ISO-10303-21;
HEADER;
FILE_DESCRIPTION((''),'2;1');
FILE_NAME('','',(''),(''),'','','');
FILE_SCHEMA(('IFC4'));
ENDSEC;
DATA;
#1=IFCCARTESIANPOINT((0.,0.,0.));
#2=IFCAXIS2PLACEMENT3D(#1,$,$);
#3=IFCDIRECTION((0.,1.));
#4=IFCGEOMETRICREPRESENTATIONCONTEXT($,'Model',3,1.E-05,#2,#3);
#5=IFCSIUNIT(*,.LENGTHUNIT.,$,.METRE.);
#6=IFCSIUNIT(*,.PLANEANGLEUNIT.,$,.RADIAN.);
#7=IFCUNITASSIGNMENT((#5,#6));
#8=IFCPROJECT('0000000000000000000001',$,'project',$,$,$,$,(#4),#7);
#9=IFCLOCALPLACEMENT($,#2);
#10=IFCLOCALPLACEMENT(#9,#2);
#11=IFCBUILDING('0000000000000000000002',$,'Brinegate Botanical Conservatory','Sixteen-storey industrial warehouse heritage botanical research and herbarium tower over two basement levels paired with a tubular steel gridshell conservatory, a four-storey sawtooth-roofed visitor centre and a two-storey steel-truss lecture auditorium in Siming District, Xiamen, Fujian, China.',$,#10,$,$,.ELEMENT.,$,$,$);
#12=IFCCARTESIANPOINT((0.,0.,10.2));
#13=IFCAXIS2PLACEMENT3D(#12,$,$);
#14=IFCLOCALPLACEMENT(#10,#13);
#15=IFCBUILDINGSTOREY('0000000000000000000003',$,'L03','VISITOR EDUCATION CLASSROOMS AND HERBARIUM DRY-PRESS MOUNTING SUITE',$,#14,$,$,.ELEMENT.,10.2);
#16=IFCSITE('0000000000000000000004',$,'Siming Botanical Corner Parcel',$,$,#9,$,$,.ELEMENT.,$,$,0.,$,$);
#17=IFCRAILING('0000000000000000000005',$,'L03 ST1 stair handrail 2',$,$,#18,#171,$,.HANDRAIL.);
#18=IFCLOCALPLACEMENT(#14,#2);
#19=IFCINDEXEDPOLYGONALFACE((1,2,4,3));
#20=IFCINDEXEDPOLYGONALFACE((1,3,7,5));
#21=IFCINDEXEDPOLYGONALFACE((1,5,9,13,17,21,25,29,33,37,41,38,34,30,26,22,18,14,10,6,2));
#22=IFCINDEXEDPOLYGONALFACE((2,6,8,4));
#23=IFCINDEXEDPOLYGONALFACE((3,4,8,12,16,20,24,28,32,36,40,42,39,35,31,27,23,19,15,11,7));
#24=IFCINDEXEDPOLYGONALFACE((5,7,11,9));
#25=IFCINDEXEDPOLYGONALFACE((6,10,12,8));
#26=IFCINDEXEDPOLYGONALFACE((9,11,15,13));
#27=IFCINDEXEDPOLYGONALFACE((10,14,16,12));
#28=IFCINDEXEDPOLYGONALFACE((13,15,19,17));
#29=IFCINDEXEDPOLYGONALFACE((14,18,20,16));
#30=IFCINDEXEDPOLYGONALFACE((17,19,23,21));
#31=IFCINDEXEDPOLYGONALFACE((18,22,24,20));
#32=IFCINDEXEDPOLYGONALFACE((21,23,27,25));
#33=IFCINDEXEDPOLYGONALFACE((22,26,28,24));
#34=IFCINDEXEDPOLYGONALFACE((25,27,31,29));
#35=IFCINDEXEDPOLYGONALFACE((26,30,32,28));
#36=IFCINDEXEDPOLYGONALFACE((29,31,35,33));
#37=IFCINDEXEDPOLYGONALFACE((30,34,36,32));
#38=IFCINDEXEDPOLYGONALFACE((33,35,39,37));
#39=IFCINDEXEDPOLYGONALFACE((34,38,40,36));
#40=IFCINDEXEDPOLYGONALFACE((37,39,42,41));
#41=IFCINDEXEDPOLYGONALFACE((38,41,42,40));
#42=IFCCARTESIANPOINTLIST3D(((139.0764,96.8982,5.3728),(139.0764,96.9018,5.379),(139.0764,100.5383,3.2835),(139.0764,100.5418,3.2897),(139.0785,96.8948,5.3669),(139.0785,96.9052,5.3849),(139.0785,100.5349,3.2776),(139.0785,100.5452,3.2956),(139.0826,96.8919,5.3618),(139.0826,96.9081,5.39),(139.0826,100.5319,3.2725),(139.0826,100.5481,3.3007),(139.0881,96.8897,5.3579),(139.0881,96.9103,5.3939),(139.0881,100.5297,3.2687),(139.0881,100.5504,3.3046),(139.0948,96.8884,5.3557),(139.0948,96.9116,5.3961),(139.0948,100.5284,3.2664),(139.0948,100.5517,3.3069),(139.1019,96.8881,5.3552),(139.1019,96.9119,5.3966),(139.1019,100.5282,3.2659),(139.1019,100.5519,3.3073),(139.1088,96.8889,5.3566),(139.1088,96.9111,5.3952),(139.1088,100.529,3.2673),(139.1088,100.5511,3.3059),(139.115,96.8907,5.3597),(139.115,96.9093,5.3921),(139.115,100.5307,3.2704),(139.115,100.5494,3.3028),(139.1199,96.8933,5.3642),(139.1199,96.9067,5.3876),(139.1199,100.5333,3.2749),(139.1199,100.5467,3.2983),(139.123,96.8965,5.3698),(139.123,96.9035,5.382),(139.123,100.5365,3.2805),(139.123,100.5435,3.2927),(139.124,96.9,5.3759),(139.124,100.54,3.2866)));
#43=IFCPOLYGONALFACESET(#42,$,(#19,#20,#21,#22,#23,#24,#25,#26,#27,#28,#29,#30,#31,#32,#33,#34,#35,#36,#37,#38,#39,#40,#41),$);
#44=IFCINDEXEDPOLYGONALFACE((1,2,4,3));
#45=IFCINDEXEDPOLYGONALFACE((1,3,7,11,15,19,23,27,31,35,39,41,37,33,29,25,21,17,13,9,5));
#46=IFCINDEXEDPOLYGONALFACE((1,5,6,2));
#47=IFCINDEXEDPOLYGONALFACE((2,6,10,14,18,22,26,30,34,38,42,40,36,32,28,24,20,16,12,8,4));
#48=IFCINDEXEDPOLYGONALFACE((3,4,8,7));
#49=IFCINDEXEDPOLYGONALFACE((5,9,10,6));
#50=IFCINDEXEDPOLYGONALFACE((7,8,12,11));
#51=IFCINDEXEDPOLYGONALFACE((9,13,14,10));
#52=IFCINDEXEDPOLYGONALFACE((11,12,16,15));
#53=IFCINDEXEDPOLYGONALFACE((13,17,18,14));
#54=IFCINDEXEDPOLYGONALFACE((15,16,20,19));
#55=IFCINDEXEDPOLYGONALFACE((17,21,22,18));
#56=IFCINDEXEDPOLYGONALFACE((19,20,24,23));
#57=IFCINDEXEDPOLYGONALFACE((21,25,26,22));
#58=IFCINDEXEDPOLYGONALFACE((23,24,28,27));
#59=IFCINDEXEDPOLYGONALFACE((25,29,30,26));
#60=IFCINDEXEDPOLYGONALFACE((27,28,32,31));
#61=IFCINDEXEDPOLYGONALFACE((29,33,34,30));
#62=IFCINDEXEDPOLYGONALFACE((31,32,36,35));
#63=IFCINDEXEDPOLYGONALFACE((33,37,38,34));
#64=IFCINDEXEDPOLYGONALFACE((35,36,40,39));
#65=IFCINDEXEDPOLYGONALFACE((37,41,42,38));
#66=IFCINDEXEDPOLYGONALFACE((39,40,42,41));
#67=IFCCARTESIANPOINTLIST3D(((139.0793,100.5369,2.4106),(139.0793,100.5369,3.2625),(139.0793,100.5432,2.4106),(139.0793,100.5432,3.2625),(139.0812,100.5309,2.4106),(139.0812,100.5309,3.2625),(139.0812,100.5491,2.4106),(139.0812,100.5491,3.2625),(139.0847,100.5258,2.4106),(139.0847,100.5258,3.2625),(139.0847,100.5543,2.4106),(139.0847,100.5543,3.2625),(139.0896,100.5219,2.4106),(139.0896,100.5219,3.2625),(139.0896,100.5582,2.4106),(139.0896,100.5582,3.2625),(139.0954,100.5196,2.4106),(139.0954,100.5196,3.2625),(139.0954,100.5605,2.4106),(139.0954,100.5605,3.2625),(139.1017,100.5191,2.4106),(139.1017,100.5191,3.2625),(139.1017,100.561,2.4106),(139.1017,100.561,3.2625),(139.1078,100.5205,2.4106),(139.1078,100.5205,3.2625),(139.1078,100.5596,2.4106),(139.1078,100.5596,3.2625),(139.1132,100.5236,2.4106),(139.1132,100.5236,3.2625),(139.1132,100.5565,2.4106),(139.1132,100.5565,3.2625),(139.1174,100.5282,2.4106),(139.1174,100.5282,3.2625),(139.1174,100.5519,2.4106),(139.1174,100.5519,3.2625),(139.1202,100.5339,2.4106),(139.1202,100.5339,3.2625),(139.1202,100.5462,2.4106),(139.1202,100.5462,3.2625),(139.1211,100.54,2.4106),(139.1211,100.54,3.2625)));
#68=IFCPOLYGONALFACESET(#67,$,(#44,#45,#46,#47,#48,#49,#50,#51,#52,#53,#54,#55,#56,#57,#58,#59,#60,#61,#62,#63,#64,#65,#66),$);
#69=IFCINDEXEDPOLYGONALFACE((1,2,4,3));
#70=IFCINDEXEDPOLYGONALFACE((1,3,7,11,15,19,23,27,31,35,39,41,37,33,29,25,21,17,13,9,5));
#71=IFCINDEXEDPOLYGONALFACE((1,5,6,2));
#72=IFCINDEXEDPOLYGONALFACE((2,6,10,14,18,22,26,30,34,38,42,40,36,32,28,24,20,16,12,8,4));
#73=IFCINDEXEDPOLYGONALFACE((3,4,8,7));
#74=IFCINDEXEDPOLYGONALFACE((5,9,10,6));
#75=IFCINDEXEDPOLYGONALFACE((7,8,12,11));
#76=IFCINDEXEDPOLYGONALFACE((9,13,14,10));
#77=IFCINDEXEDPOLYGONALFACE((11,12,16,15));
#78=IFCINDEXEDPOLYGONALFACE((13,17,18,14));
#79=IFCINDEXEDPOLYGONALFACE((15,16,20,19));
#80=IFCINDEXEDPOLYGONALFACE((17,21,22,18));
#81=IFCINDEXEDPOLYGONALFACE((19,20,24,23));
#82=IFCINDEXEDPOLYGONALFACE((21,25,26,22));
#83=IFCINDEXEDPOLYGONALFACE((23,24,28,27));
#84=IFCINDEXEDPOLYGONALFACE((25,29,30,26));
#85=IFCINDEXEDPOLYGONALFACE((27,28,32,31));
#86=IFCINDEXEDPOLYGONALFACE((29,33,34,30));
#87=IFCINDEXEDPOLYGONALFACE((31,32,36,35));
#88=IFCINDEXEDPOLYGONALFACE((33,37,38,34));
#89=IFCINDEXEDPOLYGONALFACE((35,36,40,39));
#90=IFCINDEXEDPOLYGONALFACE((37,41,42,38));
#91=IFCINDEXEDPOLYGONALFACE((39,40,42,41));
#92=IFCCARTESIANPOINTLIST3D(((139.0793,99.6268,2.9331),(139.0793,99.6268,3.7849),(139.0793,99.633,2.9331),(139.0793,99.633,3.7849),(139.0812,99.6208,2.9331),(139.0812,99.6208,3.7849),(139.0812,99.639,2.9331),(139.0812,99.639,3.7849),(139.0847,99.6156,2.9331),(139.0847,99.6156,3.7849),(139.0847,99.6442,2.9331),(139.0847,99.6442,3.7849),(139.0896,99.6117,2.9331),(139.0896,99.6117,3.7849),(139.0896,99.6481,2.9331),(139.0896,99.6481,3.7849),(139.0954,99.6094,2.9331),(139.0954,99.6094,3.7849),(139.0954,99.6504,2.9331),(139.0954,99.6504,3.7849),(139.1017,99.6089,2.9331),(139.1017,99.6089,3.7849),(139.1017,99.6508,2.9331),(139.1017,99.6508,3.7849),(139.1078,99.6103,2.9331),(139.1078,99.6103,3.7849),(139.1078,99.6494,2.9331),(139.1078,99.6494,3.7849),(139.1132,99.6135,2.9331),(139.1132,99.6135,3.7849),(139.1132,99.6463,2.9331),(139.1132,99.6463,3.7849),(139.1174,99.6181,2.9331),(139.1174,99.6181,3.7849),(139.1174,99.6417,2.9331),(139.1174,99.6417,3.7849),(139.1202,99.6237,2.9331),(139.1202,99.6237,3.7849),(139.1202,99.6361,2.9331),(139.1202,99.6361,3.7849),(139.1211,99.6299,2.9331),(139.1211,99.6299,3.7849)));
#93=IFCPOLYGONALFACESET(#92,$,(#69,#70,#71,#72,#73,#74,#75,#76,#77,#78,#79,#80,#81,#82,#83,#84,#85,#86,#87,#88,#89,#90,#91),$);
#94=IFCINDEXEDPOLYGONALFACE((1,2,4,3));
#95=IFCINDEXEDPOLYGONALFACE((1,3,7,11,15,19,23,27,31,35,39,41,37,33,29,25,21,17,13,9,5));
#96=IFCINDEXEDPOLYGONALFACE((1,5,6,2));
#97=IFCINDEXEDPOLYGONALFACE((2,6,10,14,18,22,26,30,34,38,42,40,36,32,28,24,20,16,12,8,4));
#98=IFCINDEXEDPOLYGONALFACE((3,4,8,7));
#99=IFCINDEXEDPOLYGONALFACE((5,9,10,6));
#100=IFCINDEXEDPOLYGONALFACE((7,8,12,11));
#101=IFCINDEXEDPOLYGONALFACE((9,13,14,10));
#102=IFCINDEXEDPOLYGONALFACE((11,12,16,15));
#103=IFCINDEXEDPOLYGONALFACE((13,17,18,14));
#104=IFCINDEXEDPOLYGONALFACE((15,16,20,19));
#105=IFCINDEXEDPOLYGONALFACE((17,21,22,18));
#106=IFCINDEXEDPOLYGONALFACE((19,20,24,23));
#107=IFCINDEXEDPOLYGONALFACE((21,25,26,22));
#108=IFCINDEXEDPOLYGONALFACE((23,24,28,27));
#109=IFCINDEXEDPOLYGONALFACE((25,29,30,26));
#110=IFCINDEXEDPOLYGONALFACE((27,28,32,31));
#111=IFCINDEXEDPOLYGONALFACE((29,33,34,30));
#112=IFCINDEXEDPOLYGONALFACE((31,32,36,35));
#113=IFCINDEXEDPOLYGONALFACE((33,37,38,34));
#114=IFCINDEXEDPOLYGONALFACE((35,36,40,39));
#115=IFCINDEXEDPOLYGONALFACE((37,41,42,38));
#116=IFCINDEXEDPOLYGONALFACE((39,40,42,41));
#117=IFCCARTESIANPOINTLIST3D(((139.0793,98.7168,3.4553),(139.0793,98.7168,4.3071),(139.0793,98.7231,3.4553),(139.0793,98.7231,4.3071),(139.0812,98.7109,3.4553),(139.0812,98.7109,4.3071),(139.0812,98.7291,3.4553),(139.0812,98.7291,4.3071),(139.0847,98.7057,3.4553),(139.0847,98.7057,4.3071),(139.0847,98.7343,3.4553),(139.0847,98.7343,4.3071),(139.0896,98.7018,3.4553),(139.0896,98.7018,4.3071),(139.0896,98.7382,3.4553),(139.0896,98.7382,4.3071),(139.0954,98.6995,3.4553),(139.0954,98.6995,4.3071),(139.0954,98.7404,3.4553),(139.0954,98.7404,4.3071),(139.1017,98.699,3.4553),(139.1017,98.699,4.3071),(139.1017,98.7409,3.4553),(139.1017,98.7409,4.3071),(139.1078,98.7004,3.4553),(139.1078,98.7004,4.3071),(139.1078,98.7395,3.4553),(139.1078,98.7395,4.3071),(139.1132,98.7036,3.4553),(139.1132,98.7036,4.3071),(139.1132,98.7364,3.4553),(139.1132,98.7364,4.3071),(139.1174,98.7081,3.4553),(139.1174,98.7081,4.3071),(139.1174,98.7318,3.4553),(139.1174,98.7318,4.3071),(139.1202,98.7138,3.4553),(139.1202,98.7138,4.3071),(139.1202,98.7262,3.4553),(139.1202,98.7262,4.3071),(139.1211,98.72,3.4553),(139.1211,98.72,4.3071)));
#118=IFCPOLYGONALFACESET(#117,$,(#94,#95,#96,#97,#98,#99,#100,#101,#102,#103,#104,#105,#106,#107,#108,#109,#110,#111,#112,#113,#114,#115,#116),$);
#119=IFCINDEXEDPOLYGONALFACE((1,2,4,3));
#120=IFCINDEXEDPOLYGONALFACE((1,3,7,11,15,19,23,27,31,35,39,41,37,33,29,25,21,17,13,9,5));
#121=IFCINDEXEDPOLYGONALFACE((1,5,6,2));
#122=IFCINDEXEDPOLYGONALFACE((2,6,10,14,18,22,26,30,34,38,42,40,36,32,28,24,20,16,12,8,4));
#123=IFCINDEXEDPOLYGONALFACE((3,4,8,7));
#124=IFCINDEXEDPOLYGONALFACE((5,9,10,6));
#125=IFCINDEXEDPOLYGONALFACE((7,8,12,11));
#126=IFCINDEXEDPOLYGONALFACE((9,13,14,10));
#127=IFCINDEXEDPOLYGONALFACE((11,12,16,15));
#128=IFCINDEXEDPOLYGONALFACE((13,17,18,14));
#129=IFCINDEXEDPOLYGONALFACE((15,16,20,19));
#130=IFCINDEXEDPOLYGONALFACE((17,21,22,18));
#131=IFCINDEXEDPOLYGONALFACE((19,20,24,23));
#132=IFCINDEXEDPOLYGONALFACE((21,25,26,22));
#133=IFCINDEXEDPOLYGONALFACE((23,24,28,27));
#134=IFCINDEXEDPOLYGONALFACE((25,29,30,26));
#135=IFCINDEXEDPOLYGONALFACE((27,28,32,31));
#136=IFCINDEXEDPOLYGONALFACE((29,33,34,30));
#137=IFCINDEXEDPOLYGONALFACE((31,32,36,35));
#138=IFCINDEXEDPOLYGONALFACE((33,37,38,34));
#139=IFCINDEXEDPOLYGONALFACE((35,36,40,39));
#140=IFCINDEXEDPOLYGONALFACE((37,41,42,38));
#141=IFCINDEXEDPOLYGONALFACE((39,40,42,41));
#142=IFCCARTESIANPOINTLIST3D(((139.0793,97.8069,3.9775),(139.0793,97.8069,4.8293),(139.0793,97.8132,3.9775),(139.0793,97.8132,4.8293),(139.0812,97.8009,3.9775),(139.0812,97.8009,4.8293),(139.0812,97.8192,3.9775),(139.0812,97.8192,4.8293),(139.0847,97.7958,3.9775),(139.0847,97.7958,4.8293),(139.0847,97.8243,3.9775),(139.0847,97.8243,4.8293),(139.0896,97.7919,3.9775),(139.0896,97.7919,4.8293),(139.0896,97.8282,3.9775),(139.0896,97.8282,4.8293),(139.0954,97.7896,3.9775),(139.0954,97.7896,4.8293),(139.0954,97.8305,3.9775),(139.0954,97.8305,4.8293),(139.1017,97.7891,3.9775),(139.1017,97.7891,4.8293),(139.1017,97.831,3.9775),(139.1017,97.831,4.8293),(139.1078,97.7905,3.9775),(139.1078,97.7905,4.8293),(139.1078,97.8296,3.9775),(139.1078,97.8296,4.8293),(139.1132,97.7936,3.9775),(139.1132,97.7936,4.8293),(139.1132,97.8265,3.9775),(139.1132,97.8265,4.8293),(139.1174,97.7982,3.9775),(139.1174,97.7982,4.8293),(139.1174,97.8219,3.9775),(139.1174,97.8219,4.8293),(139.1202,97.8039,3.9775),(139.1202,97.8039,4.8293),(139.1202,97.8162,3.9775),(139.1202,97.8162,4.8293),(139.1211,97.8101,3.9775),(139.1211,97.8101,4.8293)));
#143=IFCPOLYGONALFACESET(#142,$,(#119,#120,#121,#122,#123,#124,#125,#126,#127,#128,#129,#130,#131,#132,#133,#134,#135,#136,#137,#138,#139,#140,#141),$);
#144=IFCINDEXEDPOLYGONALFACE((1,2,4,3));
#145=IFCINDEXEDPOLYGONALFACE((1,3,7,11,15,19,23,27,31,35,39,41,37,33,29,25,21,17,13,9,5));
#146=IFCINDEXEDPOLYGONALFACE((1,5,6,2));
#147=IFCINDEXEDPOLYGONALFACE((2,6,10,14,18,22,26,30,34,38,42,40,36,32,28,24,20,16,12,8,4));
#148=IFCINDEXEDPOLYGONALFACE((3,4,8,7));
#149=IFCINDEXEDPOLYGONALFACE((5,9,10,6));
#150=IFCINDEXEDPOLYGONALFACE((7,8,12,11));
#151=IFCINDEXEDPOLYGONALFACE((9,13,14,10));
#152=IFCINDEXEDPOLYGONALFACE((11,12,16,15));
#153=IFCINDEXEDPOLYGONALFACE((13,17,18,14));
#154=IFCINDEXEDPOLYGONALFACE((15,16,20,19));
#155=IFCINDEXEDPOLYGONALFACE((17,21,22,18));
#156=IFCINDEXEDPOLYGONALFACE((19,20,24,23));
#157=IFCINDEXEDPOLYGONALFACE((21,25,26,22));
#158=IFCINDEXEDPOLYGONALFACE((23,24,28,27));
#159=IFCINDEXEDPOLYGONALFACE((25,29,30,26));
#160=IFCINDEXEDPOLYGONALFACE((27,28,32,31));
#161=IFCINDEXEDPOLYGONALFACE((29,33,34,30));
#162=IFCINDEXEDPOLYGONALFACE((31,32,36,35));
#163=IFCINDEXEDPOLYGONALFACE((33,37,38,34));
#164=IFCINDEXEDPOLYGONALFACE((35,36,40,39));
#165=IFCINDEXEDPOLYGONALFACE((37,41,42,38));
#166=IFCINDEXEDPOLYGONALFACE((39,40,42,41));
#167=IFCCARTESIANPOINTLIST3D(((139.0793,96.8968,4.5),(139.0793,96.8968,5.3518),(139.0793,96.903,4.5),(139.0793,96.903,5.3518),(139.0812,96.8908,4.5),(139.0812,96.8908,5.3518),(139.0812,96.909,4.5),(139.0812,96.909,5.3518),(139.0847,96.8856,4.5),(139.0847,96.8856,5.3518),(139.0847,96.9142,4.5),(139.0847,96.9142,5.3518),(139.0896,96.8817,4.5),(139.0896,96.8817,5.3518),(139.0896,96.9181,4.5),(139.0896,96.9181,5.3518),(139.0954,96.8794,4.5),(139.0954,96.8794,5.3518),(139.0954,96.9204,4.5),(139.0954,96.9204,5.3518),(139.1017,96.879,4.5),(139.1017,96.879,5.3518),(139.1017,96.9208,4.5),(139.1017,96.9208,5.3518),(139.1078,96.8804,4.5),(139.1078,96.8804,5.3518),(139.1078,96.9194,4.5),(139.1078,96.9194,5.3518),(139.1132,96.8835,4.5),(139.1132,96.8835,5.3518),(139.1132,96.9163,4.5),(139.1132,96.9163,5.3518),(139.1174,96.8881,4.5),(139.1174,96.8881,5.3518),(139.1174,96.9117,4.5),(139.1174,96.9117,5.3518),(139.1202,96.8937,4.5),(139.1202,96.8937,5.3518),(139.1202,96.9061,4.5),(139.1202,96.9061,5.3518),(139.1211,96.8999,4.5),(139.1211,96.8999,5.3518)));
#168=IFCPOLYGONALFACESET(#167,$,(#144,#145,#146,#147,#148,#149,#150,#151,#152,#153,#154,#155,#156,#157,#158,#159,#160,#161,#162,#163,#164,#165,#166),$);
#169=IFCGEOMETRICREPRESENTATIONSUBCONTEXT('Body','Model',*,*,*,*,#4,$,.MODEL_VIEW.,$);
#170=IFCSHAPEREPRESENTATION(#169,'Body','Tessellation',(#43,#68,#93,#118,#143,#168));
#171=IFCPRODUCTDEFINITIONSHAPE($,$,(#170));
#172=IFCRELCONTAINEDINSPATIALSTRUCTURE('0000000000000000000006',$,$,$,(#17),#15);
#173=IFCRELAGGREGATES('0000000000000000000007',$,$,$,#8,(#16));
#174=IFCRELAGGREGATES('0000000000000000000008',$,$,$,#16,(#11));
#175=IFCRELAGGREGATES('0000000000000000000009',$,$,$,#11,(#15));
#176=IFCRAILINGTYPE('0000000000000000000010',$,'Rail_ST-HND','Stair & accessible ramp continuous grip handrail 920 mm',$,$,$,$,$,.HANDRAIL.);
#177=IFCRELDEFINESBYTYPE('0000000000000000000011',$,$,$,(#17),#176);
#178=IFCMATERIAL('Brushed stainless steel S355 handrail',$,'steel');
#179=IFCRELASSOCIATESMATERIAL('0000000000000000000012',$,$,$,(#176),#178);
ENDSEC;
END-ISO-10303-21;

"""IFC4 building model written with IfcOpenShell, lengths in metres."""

from ifc_helpers import new_model, si_unit, direction, frame, origin, origin_2d, place, context, subcontext, project, spatial, circle, extrude, material, type_object, element, save


model = new_model("IFC4")

# Units and contexts
model_context = context("Model", 3, precision=1e-05, world=origin(), true_north=direction((0.0, 1.0)))
body_context = subcontext(model_context, "Body", "Model", "MODEL_VIEW")
ifc_project = project(units=[si_unit("LENGTHUNIT", "METRE"), si_unit("PLANEANGLEUNIT", "RADIAN")], contexts=[model_context])

# Site, building, storey
site_placement = place(None, origin())
site = spatial("IfcSite", under=ifc_project, at=site_placement, Name="Siming Botanical Corner Parcel", CompositionType="ELEMENT", RefElevation=0.0)
building_placement = place(site_placement, origin())
building = spatial("IfcBuilding", under=site, at=building_placement, Name="Brinegate Botanical Conservatory", Description="Sixteen-storey industrial warehouse heritage botanical research and herbarium tower over two basement levels paired with a tubular steel gridshell conservatory, a four-storey sawtooth-roofed visitor centre and a two-storey steel-truss lecture auditorium in Siming District, Xiamen, Fujian, China.", CompositionType="ELEMENT")
storey_placement = place(building_placement, frame((0.0, 0.0, 10.2)))
storey = spatial("IfcBuildingStorey", under=building, at=storey_placement, Name="L03", Description="VISITOR EDUCATION CLASSROOMS AND HERBARIUM DRY-PRESS MOUNTING SUITE", CompositionType="ELEMENT", Elevation=10.2)

# Railing
ifc_material_1 = material(Name="Brushed stainless steel S355 handrail", Category="steel")
railing_type = type_object("IfcRailingType", Name="Rail_ST-HND", Description="Stair & accessible ramp continuous grip handrail 920 mm", PredefinedType="HANDRAIL", material=ifc_material_1)
railing_placement = place(storey_placement, frame((139.1001, 100.54, 2.4106)))
element("IfcRailing", 1, at=railing_placement, inside=storey, type_object=railing_type, Name="L03 ST1 stair handrail 2", PredefinedType="HANDRAIL", context=body_context, shape_type="SweptSolid", body=[
    extrude(circle(Radius=0.0239, at=origin_2d()), frame((0.0, 0.0, 0.876), z_axis=(0.0, -0.867289, 0.497804), x_axis=(1.0, 0.0, 0.0)), (0.0, 0.0, 1.0), 4.197),
    extrude(circle(Radius=0.021, at=origin_2d()), origin(), (0.0, 0.0, 1.0), 0.8518),
    extrude(circle(Radius=0.021, at=origin_2d()), frame((0.0, -0.9102, 0.5225)), (0.0, 0.0, 1.0), 0.8518),
    extrude(circle(Radius=0.021, at=origin_2d()), frame((0.0, -1.8201, 1.0447)), (0.0, 0.0, 1.0), 0.8518),
    extrude(circle(Radius=0.021, at=origin_2d()), frame((0.0, -2.73, 1.5669)), (0.0, 0.0, 1.0), 0.8518),
    extrude(circle(Radius=0.021, at=origin_2d()), frame((0.0, -3.6401, 2.0894)), (0.0, 0.0, 1.0), 0.8518),
])

save(model, "model.ifc")
